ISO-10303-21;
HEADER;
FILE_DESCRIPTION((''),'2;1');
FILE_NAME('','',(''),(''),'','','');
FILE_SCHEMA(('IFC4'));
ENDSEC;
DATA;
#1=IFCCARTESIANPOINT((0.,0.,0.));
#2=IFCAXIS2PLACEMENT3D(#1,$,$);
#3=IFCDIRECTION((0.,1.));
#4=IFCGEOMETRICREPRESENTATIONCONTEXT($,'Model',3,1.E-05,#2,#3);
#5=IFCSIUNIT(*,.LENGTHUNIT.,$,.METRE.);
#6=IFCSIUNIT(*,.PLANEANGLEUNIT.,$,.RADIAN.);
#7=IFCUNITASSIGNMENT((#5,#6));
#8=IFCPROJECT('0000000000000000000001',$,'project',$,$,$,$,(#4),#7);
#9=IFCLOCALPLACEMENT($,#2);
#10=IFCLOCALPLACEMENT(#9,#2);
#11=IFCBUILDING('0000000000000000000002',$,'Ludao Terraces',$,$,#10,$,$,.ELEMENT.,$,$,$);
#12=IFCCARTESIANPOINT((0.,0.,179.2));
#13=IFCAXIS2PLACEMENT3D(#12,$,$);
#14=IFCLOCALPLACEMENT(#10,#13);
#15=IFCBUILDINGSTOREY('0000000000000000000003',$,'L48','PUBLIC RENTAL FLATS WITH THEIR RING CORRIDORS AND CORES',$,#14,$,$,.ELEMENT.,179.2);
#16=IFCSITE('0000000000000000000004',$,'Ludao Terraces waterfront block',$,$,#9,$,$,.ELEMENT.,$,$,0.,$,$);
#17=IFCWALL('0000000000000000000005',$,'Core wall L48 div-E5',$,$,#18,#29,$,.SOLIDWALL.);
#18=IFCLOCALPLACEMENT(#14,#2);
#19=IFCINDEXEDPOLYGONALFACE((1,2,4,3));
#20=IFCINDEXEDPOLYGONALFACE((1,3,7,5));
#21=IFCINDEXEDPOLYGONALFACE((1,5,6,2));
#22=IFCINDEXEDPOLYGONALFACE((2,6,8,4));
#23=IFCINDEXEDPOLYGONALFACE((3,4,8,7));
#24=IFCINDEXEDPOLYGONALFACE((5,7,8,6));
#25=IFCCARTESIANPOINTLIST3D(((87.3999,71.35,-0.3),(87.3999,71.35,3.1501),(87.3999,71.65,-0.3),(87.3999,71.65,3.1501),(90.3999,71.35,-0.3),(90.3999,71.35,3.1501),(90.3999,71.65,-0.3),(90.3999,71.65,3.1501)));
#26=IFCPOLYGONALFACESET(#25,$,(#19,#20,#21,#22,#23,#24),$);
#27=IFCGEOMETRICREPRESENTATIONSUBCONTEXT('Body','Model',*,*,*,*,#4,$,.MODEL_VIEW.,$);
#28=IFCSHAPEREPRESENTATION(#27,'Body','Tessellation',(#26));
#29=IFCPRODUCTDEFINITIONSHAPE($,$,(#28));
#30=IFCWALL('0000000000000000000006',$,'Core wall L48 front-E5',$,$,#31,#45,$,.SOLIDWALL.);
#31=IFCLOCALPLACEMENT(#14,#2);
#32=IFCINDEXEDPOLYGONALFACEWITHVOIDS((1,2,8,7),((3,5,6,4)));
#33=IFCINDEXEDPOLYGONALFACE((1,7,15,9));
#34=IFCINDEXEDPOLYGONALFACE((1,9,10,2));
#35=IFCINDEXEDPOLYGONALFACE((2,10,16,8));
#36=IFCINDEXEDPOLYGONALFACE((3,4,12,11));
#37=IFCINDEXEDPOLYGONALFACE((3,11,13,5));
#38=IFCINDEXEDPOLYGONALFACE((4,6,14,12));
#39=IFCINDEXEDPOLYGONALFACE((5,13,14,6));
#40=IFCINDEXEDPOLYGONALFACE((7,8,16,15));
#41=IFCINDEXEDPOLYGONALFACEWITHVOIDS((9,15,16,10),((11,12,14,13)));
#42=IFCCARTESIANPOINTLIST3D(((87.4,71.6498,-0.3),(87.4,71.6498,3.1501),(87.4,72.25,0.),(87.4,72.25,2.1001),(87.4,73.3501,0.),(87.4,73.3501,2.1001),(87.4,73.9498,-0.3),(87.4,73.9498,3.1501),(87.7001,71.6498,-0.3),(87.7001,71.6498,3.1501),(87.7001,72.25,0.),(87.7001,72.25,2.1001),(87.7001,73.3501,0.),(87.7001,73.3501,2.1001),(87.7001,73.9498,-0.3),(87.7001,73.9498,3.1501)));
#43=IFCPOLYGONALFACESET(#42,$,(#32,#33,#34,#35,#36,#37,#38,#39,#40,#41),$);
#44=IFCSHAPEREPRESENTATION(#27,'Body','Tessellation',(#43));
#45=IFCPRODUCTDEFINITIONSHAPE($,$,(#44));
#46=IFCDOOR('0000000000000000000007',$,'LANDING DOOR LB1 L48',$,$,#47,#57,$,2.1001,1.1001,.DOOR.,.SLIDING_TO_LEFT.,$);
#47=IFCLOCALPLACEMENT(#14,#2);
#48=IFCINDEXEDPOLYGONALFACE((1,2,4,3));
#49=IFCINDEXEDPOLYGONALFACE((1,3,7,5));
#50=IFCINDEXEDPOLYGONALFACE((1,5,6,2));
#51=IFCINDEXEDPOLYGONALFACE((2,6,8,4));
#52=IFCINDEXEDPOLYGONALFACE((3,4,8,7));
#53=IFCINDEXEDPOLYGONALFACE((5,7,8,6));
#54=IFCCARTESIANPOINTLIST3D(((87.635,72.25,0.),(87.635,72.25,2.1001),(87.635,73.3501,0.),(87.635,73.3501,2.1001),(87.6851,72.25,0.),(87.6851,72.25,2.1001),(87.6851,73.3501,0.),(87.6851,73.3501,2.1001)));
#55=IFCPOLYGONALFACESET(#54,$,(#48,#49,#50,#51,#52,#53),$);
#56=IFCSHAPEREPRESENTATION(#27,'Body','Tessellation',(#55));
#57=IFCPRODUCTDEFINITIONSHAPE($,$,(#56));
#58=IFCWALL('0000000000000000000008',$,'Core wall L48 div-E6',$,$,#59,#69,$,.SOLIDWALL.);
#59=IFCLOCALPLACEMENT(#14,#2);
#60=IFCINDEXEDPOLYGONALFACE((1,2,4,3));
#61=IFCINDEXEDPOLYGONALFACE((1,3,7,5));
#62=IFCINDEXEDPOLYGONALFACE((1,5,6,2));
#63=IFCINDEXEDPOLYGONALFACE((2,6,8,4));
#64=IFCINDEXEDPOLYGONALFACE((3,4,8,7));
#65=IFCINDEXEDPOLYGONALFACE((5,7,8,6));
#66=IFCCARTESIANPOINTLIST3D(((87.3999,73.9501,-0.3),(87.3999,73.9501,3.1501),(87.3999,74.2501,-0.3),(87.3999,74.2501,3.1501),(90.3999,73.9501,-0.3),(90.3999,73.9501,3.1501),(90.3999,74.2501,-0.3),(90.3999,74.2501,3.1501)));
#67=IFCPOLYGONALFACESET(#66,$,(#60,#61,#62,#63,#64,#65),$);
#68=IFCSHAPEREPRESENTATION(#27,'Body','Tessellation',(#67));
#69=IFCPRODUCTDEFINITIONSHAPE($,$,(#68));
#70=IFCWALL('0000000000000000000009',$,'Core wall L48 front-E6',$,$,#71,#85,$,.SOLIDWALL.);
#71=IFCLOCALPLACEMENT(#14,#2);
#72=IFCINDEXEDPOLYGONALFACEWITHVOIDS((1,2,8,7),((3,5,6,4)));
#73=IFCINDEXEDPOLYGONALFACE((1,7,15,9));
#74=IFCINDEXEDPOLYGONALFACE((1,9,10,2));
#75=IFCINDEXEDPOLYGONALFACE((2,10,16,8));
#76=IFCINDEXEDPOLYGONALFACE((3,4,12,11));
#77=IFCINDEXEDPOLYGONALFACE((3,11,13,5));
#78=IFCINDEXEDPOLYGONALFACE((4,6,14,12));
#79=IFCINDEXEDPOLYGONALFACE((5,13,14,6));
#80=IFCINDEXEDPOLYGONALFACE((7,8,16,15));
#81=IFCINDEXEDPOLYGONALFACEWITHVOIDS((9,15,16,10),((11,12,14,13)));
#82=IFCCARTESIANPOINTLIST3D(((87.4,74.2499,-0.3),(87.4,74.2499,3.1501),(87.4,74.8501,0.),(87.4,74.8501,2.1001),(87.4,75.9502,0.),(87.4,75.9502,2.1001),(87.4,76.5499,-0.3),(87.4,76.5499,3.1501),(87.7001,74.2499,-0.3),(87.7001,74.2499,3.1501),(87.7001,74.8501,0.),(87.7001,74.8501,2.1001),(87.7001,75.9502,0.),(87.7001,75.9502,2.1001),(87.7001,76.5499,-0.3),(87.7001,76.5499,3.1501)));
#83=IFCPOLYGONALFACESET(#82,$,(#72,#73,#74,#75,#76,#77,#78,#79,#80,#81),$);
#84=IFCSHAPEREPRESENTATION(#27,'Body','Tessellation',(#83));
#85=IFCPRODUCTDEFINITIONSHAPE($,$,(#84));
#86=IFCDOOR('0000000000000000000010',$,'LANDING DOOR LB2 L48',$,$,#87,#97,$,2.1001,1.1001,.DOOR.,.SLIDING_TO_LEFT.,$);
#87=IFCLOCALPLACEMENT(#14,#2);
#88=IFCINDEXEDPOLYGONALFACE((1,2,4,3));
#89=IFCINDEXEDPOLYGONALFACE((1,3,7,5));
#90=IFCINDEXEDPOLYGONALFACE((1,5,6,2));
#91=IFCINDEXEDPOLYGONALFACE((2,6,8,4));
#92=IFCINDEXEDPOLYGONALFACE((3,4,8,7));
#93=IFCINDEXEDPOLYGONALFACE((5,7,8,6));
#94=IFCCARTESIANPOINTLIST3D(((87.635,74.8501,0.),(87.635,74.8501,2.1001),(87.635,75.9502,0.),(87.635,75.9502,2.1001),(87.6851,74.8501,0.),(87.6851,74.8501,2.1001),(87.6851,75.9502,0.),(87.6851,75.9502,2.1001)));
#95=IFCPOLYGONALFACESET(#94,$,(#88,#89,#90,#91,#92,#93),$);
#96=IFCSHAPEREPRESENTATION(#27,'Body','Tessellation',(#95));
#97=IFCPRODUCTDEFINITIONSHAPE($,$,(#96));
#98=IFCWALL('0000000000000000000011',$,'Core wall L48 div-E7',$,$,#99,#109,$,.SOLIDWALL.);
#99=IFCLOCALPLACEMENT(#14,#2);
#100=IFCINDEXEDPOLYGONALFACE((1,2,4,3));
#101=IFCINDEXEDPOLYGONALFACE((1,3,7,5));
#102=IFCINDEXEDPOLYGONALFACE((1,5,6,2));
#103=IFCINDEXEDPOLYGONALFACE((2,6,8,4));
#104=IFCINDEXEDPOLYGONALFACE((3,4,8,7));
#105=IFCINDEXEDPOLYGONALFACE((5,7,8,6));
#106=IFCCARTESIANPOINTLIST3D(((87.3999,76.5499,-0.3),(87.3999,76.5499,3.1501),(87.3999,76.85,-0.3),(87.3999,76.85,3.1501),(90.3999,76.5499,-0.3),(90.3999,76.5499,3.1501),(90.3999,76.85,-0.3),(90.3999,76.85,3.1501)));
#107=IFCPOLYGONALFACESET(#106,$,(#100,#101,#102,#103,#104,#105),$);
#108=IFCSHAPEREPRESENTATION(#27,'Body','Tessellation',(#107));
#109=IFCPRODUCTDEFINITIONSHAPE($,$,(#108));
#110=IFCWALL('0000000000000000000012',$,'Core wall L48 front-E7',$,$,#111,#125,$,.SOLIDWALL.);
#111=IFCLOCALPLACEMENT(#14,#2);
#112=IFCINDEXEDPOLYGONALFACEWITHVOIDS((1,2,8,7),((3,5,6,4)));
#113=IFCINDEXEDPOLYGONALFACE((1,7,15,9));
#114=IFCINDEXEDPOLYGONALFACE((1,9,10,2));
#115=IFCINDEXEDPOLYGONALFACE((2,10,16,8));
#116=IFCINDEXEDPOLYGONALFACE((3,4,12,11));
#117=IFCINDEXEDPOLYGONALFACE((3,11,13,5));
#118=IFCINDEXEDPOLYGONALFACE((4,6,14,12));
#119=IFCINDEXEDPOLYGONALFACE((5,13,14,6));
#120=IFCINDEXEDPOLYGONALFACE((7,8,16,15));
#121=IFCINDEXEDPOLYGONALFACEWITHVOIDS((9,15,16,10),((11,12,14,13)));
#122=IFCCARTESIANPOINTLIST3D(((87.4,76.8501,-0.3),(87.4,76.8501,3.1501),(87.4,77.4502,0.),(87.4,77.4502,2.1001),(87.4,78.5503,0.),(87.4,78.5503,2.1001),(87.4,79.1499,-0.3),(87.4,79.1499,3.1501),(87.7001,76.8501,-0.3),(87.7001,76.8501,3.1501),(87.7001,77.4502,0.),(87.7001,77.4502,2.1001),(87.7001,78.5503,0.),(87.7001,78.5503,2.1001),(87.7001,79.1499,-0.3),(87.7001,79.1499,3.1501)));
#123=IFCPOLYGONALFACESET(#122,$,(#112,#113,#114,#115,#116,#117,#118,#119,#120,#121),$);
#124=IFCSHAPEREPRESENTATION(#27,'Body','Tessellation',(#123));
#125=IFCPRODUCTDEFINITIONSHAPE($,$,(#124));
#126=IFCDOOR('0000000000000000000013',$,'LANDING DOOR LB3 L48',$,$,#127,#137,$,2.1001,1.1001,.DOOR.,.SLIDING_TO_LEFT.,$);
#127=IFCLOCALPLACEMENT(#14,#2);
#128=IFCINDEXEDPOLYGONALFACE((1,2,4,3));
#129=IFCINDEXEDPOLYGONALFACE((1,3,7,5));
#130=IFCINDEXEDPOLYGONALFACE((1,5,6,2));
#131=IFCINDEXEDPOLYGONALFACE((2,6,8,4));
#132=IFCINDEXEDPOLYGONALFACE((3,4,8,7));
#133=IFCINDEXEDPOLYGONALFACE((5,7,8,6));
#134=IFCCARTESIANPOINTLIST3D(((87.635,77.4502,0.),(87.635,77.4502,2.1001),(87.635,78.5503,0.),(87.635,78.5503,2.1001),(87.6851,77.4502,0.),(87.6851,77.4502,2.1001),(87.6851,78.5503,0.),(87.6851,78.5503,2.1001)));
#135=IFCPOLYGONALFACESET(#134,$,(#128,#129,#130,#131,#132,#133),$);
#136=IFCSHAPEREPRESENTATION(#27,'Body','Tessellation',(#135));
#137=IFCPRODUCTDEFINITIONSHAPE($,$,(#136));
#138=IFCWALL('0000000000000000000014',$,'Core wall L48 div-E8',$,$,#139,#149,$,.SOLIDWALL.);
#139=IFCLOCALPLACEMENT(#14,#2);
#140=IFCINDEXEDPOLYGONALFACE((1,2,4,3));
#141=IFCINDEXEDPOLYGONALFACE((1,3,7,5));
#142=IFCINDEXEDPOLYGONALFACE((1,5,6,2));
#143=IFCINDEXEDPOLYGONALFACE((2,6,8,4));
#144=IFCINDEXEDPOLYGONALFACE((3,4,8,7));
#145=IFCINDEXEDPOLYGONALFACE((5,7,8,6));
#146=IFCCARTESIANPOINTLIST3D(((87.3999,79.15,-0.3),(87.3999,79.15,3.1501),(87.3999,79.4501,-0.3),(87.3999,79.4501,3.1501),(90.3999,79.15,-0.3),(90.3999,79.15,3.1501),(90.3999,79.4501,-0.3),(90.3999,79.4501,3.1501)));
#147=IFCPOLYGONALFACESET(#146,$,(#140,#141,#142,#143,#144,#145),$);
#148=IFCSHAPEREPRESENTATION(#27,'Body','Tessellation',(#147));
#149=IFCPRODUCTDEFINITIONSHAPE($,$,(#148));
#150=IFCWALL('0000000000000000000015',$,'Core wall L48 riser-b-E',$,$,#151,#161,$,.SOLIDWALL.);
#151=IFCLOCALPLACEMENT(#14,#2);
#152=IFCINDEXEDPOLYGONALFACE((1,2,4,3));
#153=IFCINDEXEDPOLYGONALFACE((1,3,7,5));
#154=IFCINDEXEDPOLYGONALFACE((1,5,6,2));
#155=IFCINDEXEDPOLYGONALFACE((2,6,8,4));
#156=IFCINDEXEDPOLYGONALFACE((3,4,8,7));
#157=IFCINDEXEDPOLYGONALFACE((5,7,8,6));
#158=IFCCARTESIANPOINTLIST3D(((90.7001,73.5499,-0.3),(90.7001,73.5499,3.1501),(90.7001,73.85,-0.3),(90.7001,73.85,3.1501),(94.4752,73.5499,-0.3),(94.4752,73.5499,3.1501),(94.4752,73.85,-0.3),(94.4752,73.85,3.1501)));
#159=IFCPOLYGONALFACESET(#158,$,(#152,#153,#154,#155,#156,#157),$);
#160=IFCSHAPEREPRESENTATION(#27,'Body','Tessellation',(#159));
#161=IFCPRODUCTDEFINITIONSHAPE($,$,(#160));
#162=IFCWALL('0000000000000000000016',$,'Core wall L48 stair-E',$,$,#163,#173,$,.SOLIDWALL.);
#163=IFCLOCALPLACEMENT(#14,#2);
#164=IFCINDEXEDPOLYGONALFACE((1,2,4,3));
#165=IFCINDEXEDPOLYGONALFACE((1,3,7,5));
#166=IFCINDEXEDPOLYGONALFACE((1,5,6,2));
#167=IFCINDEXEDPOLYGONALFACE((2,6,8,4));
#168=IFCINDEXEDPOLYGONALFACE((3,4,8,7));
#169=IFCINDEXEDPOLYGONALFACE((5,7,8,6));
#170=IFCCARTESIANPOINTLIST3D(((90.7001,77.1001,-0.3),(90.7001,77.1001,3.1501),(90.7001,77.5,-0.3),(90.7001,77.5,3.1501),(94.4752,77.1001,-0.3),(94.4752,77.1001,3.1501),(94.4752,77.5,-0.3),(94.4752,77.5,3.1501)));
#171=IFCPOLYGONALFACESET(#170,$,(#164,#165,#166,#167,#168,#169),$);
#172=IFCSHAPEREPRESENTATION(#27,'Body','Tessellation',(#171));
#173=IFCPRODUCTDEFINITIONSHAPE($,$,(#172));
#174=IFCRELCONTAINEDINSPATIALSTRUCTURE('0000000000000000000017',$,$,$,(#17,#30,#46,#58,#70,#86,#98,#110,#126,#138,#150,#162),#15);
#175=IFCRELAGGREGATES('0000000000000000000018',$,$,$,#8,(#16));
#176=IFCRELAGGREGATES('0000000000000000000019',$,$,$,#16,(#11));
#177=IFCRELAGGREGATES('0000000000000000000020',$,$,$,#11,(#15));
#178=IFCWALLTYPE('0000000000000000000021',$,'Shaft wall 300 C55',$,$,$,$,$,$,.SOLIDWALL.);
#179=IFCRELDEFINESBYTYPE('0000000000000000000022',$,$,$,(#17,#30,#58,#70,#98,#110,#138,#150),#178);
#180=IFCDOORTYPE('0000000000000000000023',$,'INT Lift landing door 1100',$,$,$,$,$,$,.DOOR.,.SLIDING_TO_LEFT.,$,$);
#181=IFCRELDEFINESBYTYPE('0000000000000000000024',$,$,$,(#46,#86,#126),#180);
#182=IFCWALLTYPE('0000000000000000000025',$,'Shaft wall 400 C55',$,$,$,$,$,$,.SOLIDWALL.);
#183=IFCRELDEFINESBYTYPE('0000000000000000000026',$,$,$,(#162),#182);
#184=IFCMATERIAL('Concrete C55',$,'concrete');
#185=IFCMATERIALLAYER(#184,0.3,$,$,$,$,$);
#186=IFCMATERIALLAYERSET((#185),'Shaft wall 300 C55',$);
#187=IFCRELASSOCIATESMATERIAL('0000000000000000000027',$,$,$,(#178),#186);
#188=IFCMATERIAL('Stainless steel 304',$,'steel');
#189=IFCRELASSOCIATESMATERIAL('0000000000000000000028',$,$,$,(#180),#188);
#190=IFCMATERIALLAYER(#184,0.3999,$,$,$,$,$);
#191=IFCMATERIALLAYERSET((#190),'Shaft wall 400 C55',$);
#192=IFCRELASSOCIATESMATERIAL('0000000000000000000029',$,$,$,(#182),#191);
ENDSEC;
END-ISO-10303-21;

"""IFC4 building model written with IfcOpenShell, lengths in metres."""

from ifc_helpers import new_model, si_unit, direction, frame, frame_2d, origin, place, context, subcontext, project, spatial, rectangle, extrude, material, layer, layer_set, type_object, element, fill, save


model = new_model("IFC4")

# Units and contexts
model_context = context("Model", 3, precision=1e-05, world=origin(), true_north=direction((0.0, 1.0)))
body_context = subcontext(model_context, "Body", "Model", "MODEL_VIEW")
ifc_project = project(units=[si_unit("LENGTHUNIT", "METRE"), si_unit("PLANEANGLEUNIT", "RADIAN")], contexts=[model_context])

# Site, building, storey
site_placement = place(None, origin())
site = spatial("IfcSite", under=ifc_project, at=site_placement, Name="Ludao Terraces waterfront block", CompositionType="ELEMENT", RefElevation=0.0)
building_placement = place(site_placement, origin())
building = spatial("IfcBuilding", under=site, at=building_placement, Name="Ludao Terraces", CompositionType="ELEMENT")
storey_placement = place(building_placement, frame((0.0, 0.0, 179.2)))
storey = spatial("IfcBuildingStorey", under=building, at=storey_placement, Name="L48", Description="PUBLIC RENTAL FLATS WITH THEIR RING CORRIDORS AND CORES", CompositionType="ELEMENT", Elevation=179.2)

# Shared definitions
ifc_material_1 = material(Name="Concrete C55", Category="concrete")
ifc_layer_1 = layer(ifc_material_1, 0.3)
ifc_layer_set_1 = layer_set([ifc_layer_1], Name="Shaft wall 300 C55")
wall_type_1 = type_object("IfcWallType", Name="Shaft wall 300 C55", PredefinedType="SOLIDWALL", material=ifc_layer_set_1)

# Shared definitions
ifc_material_2 = material(Name="Stainless steel 304", Category="steel")
door_type_1 = type_object("IfcDoorType", Name="INT Lift landing door 1100", OperationType="SLIDING_TO_LEFT", PredefinedType="DOOR", material=ifc_material_2)

# Wall
wall_1_placement = place(storey_placement, frame((87.3999, 71.5, -0.3), z_axis=(0.0, 0.0, 1.0), x_axis=(1.0, 0.0, 0.0)))
element("IfcWall", 1, at=wall_1_placement, inside=storey, type_object=wall_type_1, Name="Core wall L48 div-E5", PredefinedType="SOLIDWALL", context=body_context, shape_type="SweptSolid", body=[
    extrude(rectangle(XDim=3.0, YDim=0.3, at=frame_2d((1.5, 0.0))), origin(), (0.0, 0.0, 1.0), 3.4502),
])

# Wall, opening, door
wall_2_placement = place(storey_placement, frame((87.55, 71.6499, -0.3), z_axis=(0.0, 0.0, 1.0), x_axis=(0.0, 1.0, 0.0)))
wall_2 = element("IfcWall", 2, at=wall_2_placement, inside=storey, type_object=wall_type_1, Name="Core wall L48 front-E5", PredefinedType="SOLIDWALL", context=body_context, shape_type="SweptSolid", body=[
    extrude(rectangle(XDim=2.3, YDim=0.3, at=frame_2d((1.1499, 0.0))), origin(), (0.0, 0.0, 1.0), 3.4502),
])
opening_1_placement = place(wall_2_placement, frame((0.6001, 0.0, 0.3)))
opening_1 = element("IfcOpeningElement", 3, at=opening_1_placement, cuts=wall_2, PredefinedType="OPENING", context=body_context, shape_type="SweptSolid", body=[
    extrude(rectangle(XDim=1.1001, YDim=2.1001, at=frame_2d((0.55, 1.05))), frame((0.0, 0.1602, 0.0), z_axis=(0.0, -1.0, 0.0), x_axis=(1.0, 0.0, 0.0)), (0.0, 0.0, 1.0), 0.3201),
])
door_1_placement = place(opening_1_placement, origin())
door_1 = element("IfcDoor", 4, at=door_1_placement, inside=storey, type_object=door_type_1, Name="LANDING DOOR LB1 L48", OperationType="SLIDING_TO_LEFT", OverallHeight=2.1001, OverallWidth=1.1001, PredefinedType="DOOR", context=body_context, shape_type="SweptSolid", body=[
    extrude(rectangle(XDim=1.1001, YDim=2.1001, at=frame_2d((0.55, 1.05))), frame((0.0, -0.085, 0.0), z_axis=(0.0, -1.0, 0.0), x_axis=(1.0, 0.0, 0.0)), (0.0, 0.0, 1.0), 0.05),
])
fill(opening_1, door_1)

# Wall
wall_3_placement = place(storey_placement, frame((87.3999, 74.1001, -0.3), z_axis=(0.0, 0.0, 1.0), x_axis=(1.0, 0.0, 0.0)))
element("IfcWall", 5, at=wall_3_placement, inside=storey, type_object=wall_type_1, Name="Core wall L48 div-E6", PredefinedType="SOLIDWALL", context=body_context, shape_type="SweptSolid", body=[
    extrude(rectangle(XDim=3.0, YDim=0.3, at=frame_2d((1.5, 0.0))), origin(), (0.0, 0.0, 1.0), 3.4502),
])

# Wall, opening, door
wall_4_placement = place(storey_placement, frame((87.55, 74.25, -0.3), z_axis=(0.0, 0.0, 1.0), x_axis=(0.0, 1.0, 0.0)))
wall_4 = element("IfcWall", 6, at=wall_4_placement, inside=storey, type_object=wall_type_1, Name="Core wall L48 front-E6", PredefinedType="SOLIDWALL", context=body_context, shape_type="SweptSolid", body=[
    extrude(rectangle(XDim=2.3, YDim=0.3, at=frame_2d((1.1499, 0.0))), origin(), (0.0, 0.0, 1.0), 3.4502),
])
opening_2_placement = place(wall_4_placement, frame((0.6001, 0.0, 0.3)))
opening_2 = element("IfcOpeningElement", 7, at=opening_2_placement, cuts=wall_4, PredefinedType="OPENING", context=body_context, shape_type="SweptSolid", body=[
    extrude(rectangle(XDim=1.1001, YDim=2.1001, at=frame_2d((0.55, 1.05))), frame((0.0, 0.1602, 0.0), z_axis=(0.0, -1.0, 0.0), x_axis=(1.0, 0.0, 0.0)), (0.0, 0.0, 1.0), 0.3201),
])
door_2_placement = place(opening_2_placement, origin())
door_2 = element("IfcDoor", 8, at=door_2_placement, inside=storey, type_object=door_type_1, Name="LANDING DOOR LB2 L48", OperationType="SLIDING_TO_LEFT", OverallHeight=2.1001, OverallWidth=1.1001, PredefinedType="DOOR", context=body_context, shape_type="SweptSolid", body=[
    extrude(rectangle(XDim=1.1001, YDim=2.1001, at=frame_2d((0.55, 1.05))), frame((0.0, -0.085, 0.0), z_axis=(0.0, -1.0, 0.0), x_axis=(1.0, 0.0, 0.0)), (0.0, 0.0, 1.0), 0.05),
])
fill(opening_2, door_2)

# Wall
wall_5_placement = place(storey_placement, frame((87.3999, 76.7, -0.3), z_axis=(0.0, 0.0, 1.0), x_axis=(1.0, 0.0, 0.0)))
element("IfcWall", 9, at=wall_5_placement, inside=storey, type_object=wall_type_1, Name="Core wall L48 div-E7", PredefinedType="SOLIDWALL", context=body_context, shape_type="SweptSolid", body=[
    extrude(rectangle(XDim=3.0, YDim=0.3, at=frame_2d((1.5, 0.0))), origin(), (0.0, 0.0, 1.0), 3.4502),
])

# Wall, opening, door
wall_6_placement = place(storey_placement, frame((87.55, 76.8501, -0.3), z_axis=(0.0, 0.0, 1.0), x_axis=(0.0, 1.0, 0.0)))
wall_6 = element("IfcWall", 10, at=wall_6_placement, inside=storey, type_object=wall_type_1, Name="Core wall L48 front-E7", PredefinedType="SOLIDWALL", context=body_context, shape_type="SweptSolid", body=[
    extrude(rectangle(XDim=2.2998, YDim=0.3, at=frame_2d((1.1499, 0.0))), origin(), (0.0, 0.0, 1.0), 3.4502),
])
opening_3_placement = place(wall_6_placement, frame((0.6001, 0.0, 0.3)))
opening_3 = element("IfcOpeningElement", 11, at=opening_3_placement, cuts=wall_6, PredefinedType="OPENING", context=body_context, shape_type="SweptSolid", body=[
    extrude(rectangle(XDim=1.1001, YDim=2.1001, at=frame_2d((0.55, 1.05))), frame((0.0, 0.1602, 0.0), z_axis=(0.0, -1.0, 0.0), x_axis=(1.0, 0.0, 0.0)), (0.0, 0.0, 1.0), 0.3201),
])
door_3_placement = place(opening_3_placement, origin())
door_3 = element("IfcDoor", 12, at=door_3_placement, inside=storey, type_object=door_type_1, Name="LANDING DOOR LB3 L48", OperationType="SLIDING_TO_LEFT", OverallHeight=2.1001, OverallWidth=1.1001, PredefinedType="DOOR", context=body_context, shape_type="SweptSolid", body=[
    extrude(rectangle(XDim=1.1001, YDim=2.1001, at=frame_2d((0.55, 1.05))), frame((0.0, -0.085, 0.0), z_axis=(0.0, -1.0, 0.0), x_axis=(1.0, 0.0, 0.0)), (0.0, 0.0, 1.0), 0.05),
])
fill(opening_3, door_3)

# Walls
wall_7_placement = place(storey_placement, frame((87.3999, 79.3, -0.3), z_axis=(0.0, 0.0, 1.0), x_axis=(1.0, 0.0, 0.0)))
element("IfcWall", 13, at=wall_7_placement, inside=storey, type_object=wall_type_1, Name="Core wall L48 div-E8", PredefinedType="SOLIDWALL", context=body_context, shape_type="SweptSolid", body=[
    extrude(rectangle(XDim=3.0, YDim=0.3, at=frame_2d((1.5, 0.0))), origin(), (0.0, 0.0, 1.0), 3.4502),
])
wall_8_placement = place(storey_placement, frame((90.7, 73.7, -0.3), z_axis=(0.0, 0.0, 1.0), x_axis=(1.0, 0.0, 0.0)))
element("IfcWall", 14, at=wall_8_placement, inside=storey, type_object=wall_type_1, Name="Core wall L48 riser-b-E", PredefinedType="SOLIDWALL", context=body_context, shape_type="SweptSolid", body=[
    extrude(rectangle(XDim=3.7751, YDim=0.3, at=frame_2d((1.8877, 0.0))), origin(), (0.0, 0.0, 1.0), 3.4502),
])
ifc_layer_2 = layer(ifc_material_1, 0.3999)
ifc_layer_set_2 = layer_set([ifc_layer_2], Name="Shaft wall 400 C55")
wall_type_2 = type_object("IfcWallType", Name="Shaft wall 400 C55", PredefinedType="SOLIDWALL", material=ifc_layer_set_2)
wall_9_placement = place(storey_placement, frame((90.7, 77.3, -0.3), z_axis=(0.0, 0.0, 1.0), x_axis=(1.0, 0.0, 0.0)))
element("IfcWall", 15, at=wall_9_placement, inside=storey, type_object=wall_type_2, Name="Core wall L48 stair-E", PredefinedType="SOLIDWALL", context=body_context, shape_type="SweptSolid", body=[
    extrude(rectangle(XDim=3.7751, YDim=0.3999, at=frame_2d((1.8877, 0.0))), origin(), (0.0, 0.0, 1.0), 3.4502),
])

save(model, "model.ifc")
